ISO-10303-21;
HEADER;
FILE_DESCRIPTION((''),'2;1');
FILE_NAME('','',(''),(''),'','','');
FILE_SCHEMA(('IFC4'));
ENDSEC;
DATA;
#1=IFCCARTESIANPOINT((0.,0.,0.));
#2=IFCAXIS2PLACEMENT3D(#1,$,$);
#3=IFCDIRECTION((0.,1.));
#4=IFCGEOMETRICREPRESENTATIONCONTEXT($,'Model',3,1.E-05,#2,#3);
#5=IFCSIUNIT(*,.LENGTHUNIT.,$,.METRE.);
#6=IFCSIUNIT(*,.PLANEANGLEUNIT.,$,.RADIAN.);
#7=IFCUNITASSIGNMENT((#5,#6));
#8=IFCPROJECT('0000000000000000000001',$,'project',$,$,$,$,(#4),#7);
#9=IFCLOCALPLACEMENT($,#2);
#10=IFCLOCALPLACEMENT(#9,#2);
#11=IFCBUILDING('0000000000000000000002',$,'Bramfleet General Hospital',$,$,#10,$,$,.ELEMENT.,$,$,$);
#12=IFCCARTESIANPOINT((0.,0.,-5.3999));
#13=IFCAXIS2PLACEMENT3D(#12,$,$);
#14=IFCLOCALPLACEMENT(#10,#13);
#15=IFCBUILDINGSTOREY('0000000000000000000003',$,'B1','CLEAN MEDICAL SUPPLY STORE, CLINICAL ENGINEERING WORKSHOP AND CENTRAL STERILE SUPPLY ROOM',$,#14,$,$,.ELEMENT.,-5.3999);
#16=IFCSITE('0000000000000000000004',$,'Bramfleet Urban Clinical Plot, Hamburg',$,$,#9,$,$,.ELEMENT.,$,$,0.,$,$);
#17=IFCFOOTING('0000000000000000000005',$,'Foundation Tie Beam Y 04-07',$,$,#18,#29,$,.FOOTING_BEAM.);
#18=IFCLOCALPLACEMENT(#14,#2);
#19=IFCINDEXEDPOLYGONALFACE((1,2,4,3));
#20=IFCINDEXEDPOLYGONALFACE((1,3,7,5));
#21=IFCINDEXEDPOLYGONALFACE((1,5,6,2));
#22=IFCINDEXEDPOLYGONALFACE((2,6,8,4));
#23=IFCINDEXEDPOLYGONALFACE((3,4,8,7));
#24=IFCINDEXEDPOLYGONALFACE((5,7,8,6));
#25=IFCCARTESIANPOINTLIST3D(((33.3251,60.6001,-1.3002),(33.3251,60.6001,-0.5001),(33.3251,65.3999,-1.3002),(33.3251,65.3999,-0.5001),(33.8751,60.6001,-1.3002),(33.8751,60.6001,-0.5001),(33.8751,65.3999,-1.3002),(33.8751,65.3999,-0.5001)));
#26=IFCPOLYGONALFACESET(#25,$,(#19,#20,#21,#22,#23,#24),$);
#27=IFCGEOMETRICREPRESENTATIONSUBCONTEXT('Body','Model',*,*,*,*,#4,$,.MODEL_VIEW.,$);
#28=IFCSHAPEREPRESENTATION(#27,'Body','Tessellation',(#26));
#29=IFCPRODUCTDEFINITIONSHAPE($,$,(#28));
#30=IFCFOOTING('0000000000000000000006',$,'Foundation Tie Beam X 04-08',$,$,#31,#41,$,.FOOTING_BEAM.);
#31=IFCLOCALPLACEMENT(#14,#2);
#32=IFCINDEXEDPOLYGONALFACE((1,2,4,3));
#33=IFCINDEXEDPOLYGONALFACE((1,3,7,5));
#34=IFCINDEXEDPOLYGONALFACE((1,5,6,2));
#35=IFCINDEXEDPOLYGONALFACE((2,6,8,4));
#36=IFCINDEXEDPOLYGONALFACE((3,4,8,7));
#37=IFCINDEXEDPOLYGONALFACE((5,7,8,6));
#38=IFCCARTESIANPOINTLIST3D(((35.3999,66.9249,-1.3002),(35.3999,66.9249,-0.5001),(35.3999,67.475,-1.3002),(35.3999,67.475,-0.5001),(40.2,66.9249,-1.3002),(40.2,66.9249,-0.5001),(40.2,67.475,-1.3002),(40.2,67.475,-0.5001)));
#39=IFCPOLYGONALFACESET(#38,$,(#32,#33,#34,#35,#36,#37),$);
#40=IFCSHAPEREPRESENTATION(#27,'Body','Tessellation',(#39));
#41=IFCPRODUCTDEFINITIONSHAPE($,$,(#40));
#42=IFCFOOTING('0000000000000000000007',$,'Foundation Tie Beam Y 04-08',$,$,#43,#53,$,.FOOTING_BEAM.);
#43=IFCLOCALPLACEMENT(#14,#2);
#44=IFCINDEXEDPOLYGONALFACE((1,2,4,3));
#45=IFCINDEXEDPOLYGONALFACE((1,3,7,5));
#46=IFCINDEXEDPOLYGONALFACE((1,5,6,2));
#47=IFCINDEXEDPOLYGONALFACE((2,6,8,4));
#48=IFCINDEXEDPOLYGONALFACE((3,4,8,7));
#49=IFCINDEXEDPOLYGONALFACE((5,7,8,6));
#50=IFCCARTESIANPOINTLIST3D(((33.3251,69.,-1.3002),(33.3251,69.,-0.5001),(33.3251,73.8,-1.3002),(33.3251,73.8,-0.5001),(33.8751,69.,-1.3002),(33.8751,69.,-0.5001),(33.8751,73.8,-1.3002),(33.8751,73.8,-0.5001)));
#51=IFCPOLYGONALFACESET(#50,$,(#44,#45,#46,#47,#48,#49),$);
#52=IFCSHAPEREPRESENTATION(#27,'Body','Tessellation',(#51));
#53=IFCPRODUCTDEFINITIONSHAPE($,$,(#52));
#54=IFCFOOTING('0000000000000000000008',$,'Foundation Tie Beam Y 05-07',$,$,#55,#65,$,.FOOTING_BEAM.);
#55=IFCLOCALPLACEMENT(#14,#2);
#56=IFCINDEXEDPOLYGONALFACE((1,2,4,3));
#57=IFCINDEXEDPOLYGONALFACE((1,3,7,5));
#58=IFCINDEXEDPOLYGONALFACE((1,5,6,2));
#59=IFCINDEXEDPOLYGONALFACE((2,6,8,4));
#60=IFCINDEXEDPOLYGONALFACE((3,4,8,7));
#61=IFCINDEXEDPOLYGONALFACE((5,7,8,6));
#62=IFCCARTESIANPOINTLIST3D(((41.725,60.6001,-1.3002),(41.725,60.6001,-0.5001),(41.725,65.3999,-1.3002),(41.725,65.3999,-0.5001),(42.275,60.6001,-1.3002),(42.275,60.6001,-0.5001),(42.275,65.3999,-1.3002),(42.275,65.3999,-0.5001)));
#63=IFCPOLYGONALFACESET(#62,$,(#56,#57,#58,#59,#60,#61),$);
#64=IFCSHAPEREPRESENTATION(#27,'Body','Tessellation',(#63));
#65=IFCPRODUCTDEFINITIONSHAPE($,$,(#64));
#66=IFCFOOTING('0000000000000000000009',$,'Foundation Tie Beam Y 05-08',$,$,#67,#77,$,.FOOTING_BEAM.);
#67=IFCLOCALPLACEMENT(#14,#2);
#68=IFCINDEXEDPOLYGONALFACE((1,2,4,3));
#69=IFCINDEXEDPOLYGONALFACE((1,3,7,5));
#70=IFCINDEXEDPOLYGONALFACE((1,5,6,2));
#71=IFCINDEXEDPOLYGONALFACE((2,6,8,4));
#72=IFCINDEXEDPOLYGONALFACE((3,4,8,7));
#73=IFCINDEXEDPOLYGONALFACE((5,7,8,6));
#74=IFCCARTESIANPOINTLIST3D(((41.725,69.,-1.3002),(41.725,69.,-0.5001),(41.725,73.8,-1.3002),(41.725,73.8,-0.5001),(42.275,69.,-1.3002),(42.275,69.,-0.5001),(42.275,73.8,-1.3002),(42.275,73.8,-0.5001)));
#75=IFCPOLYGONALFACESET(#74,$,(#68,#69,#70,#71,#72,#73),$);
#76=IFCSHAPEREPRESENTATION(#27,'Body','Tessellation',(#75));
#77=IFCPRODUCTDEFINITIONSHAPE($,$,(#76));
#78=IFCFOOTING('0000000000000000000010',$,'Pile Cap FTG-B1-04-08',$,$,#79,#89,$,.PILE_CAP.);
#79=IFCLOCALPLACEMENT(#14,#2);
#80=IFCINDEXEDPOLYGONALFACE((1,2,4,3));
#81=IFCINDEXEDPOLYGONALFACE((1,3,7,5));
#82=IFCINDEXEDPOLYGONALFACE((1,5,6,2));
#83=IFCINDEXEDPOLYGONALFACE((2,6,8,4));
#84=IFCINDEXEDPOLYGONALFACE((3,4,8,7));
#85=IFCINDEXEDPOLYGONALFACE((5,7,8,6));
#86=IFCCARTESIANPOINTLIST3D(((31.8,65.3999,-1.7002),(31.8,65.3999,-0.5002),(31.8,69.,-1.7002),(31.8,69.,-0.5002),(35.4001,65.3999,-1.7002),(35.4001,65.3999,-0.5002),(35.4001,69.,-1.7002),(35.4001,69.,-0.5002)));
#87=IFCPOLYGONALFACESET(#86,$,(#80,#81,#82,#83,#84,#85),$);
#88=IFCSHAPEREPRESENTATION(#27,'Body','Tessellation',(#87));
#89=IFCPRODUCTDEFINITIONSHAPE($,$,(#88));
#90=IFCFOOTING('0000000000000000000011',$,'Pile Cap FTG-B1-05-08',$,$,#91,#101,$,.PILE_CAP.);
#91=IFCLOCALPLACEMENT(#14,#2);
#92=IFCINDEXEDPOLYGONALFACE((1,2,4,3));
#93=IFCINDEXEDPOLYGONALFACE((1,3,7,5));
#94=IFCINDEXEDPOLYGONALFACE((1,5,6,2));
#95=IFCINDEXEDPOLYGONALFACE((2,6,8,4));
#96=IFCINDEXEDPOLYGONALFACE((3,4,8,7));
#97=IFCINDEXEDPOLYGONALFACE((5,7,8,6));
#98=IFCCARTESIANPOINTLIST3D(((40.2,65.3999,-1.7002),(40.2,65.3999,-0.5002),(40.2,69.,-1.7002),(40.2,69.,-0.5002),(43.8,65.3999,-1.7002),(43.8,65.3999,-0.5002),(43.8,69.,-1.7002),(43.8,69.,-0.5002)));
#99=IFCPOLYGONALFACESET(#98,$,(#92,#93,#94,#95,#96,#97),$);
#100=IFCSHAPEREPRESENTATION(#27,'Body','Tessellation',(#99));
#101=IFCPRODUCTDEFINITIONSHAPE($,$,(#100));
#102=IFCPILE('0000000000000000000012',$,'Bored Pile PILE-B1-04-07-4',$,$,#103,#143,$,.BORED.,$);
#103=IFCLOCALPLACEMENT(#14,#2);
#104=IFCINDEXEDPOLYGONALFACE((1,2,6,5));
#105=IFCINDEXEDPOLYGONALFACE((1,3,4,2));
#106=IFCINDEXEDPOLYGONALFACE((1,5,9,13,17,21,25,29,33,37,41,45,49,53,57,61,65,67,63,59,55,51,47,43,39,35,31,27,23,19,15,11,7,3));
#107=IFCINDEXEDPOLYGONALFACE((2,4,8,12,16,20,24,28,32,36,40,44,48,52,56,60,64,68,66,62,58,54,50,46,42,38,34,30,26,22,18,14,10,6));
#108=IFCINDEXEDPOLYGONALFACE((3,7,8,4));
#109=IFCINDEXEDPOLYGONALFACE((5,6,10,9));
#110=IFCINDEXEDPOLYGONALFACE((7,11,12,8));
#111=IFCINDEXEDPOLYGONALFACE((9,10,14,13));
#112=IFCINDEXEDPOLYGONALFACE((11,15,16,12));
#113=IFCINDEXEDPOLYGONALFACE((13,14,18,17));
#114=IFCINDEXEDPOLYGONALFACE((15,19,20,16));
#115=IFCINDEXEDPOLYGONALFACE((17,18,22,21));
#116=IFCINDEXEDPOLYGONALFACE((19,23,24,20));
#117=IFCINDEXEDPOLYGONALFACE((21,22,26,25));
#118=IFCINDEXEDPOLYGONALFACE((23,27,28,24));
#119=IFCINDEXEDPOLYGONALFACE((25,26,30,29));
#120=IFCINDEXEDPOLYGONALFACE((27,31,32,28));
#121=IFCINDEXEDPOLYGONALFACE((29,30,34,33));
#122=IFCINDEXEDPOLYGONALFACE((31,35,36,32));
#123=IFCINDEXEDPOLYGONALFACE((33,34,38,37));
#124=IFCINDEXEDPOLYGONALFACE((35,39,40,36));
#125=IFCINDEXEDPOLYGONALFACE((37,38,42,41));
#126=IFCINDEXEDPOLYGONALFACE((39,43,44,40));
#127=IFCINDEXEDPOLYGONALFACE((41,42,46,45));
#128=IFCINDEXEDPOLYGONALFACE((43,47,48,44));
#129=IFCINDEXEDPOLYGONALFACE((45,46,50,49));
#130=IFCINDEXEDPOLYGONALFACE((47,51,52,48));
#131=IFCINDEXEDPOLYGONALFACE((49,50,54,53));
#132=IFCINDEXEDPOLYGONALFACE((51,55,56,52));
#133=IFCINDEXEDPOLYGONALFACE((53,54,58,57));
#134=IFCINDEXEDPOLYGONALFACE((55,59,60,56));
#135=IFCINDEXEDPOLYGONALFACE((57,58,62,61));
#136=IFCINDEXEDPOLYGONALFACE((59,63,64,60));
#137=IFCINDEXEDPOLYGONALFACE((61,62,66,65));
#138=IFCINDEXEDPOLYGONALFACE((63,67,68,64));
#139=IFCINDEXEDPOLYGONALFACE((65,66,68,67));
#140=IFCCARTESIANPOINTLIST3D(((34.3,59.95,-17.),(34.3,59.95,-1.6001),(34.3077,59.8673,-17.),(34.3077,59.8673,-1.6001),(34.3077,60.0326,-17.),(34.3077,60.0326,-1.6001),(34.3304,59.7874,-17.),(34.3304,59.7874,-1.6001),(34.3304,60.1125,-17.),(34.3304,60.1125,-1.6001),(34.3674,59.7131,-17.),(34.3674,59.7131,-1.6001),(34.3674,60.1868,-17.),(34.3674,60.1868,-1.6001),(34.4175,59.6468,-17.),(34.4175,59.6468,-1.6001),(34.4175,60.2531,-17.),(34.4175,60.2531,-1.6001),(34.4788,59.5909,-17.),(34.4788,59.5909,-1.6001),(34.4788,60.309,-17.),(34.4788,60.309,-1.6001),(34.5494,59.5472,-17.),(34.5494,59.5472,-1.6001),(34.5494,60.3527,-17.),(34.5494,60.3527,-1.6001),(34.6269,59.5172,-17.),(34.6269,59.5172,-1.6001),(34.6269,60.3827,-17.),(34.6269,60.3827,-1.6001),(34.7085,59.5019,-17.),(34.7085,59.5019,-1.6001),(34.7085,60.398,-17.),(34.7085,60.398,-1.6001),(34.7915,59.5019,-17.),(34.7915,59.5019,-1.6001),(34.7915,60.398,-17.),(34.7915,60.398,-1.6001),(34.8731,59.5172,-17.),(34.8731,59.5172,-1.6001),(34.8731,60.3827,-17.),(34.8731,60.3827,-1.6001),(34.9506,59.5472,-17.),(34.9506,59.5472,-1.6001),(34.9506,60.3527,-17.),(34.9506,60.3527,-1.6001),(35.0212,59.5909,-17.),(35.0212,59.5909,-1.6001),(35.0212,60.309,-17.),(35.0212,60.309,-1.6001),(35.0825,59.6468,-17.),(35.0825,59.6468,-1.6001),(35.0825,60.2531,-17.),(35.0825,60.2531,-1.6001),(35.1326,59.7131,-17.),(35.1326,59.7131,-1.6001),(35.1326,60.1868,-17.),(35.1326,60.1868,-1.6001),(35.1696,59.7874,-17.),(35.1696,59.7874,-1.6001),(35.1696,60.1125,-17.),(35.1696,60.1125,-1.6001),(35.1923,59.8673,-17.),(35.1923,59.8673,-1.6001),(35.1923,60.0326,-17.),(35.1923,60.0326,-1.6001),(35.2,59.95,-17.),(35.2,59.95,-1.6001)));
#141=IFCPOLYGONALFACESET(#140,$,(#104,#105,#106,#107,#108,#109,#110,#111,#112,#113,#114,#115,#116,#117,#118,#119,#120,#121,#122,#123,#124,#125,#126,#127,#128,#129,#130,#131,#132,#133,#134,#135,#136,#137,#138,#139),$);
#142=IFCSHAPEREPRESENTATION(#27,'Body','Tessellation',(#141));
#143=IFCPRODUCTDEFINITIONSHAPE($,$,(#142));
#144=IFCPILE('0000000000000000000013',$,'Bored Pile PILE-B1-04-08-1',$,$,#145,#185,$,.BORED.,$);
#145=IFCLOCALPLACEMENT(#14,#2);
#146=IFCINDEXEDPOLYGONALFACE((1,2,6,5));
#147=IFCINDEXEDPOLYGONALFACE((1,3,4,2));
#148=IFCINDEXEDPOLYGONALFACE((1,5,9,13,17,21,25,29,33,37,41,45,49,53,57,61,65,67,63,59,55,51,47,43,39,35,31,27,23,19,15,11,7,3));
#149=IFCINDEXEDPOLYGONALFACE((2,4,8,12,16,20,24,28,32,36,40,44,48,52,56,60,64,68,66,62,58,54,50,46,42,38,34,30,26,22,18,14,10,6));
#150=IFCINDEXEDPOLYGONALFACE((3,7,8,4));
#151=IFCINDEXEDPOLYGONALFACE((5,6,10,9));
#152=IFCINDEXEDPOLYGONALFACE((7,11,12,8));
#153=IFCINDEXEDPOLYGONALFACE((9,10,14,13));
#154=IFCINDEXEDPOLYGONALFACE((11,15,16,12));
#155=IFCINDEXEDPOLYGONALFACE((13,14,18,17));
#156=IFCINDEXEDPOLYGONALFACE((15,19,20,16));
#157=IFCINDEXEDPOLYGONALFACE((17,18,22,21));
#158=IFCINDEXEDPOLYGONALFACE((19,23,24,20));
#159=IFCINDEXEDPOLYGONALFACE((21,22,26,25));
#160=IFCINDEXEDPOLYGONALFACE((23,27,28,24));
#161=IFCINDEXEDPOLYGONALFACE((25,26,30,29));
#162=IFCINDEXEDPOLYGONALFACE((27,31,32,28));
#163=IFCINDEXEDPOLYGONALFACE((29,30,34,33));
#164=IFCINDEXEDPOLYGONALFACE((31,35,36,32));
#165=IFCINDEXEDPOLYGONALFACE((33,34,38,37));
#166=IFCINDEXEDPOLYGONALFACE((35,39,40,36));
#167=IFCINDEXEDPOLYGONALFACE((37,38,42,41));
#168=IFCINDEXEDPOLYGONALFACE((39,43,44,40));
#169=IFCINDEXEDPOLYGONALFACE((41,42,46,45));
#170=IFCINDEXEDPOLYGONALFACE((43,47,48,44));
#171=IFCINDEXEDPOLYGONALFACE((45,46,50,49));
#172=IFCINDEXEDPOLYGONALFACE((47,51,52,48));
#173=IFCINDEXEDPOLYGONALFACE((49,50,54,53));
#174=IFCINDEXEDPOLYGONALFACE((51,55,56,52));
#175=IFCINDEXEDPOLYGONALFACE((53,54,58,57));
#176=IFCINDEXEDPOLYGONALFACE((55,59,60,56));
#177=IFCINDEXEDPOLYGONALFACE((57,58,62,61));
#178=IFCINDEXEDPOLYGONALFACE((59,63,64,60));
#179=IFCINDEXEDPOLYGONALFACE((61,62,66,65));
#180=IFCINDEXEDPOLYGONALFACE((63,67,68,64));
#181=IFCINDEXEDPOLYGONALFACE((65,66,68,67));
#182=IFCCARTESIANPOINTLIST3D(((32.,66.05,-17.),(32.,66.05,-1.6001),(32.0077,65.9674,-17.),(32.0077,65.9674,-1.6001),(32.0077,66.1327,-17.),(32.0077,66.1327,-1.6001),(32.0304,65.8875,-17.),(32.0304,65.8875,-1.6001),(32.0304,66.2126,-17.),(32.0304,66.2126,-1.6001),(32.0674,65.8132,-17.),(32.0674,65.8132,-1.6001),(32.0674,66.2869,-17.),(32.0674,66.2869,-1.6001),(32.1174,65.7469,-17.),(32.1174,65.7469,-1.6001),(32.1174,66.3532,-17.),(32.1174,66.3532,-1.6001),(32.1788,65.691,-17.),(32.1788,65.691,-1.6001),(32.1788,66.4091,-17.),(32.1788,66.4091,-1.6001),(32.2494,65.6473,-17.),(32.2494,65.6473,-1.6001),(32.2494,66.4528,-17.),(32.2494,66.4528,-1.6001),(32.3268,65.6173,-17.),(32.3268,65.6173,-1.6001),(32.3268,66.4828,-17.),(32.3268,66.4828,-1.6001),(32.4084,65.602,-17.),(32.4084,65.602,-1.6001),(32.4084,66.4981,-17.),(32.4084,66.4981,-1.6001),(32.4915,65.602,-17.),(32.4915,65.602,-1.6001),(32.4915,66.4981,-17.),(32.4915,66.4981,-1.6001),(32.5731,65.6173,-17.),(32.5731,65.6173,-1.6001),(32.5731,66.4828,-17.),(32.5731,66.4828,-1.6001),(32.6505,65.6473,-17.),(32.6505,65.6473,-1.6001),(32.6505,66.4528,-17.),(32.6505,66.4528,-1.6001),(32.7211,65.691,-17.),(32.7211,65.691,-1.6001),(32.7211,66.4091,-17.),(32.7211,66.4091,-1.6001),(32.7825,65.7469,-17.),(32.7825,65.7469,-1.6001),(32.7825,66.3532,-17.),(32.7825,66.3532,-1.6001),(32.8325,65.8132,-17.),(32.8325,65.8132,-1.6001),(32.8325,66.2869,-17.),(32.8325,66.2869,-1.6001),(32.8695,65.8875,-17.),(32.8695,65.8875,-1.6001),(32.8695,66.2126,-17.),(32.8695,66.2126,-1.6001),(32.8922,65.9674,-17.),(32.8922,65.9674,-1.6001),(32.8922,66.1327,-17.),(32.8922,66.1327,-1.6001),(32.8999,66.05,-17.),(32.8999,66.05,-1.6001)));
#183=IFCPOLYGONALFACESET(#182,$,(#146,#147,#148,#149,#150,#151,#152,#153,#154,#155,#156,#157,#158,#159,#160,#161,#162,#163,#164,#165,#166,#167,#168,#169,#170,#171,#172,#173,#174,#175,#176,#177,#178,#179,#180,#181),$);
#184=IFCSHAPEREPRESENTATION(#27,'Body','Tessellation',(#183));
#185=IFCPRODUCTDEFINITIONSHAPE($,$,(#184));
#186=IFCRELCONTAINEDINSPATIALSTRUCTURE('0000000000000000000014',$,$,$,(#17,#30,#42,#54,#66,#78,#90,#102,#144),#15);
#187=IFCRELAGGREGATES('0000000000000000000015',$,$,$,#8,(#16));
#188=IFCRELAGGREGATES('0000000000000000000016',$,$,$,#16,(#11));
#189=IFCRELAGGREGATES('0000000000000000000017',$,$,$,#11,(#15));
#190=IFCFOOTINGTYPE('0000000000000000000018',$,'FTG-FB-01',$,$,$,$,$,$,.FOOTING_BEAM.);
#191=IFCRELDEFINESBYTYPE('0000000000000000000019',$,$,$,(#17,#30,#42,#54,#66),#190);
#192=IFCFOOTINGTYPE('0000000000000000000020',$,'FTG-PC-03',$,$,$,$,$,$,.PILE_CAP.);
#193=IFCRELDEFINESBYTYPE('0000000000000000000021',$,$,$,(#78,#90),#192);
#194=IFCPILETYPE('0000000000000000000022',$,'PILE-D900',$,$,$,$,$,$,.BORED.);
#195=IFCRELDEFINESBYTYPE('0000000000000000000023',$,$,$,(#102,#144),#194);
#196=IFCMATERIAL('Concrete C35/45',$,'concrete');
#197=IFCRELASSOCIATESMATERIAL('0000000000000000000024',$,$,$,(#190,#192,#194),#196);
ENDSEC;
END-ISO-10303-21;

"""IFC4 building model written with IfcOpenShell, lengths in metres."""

from ifc_helpers import new_model, si_unit, direction, frame, origin, origin_2d, place, context, subcontext, project, spatial, rectangle, circle, extrude, material, material_profile, profile_set, type_object, element, save


model = new_model("IFC4")

# Units and contexts
model_context = context("Model", 3, precision=1e-05, world=origin(), true_north=direction((0.0, 1.0)))
body_context = subcontext(model_context, "Body", "Model", "MODEL_VIEW")
ifc_project = project(units=[si_unit("LENGTHUNIT", "METRE"), si_unit("PLANEANGLEUNIT", "RADIAN")], contexts=[model_context])

# Site, building, storey
site_placement = place(None, origin())
site = spatial("IfcSite", under=ifc_project, at=site_placement, Name="Bramfleet Urban Clinical Plot, Hamburg", CompositionType="ELEMENT", RefElevation=0.0)
building_placement = place(site_placement, origin())
building = spatial("IfcBuilding", under=site, at=building_placement, Name="Bramfleet General Hospital", CompositionType="ELEMENT")
storey_placement = place(building_placement, frame((0.0, 0.0, -5.3999)))
storey = spatial("IfcBuildingStorey", under=building, at=storey_placement, Name="B1", Description="CLEAN MEDICAL SUPPLY STORE, CLINICAL ENGINEERING WORKSHOP AND CENTRAL STERILE SUPPLY ROOM", CompositionType="ELEMENT", Elevation=-5.3999)

# Footings
ifc_material_1 = material(Name="Concrete C35/45", Category="concrete")
ifc_material_profile_1 = material_profile(ifc_material_1, rectangle(XDim=0.55, YDim=0.8, at=origin_2d()), Name="RC FB 800x550")
ifc_profile_set_1 = profile_set([ifc_material_profile_1], Name="Concrete C35/45")
footing_type_1 = type_object("IfcFootingType", Name="FTG-FB-01", PredefinedType="FOOTING_BEAM", material=ifc_profile_set_1)
footing_1_placement = place(storey_placement, frame((33.6001, 60.6001, -0.9001), z_axis=(0.0, 1.0, 0.0), x_axis=(-1.0, 0.0, 0.0)))
element("IfcFooting", 1, at=footing_1_placement, inside=storey, type_object=footing_type_1, Name="Foundation Tie Beam Y 04-07", PredefinedType="FOOTING_BEAM", context=body_context, shape_type="SweptSolid", body=[
    extrude(rectangle(XDim=0.55, YDim=0.8, at=origin_2d()), origin(), (0.0, 0.0, 1.0), 4.7998),
])
for number, where, z_axis, x_axis, name in (
    (2, (35.3999, 67.2, -0.9001), (1.0, 0.0, 0.0), (0.0, 1.0, 0.0), "Foundation Tie Beam X 04-08"),
    (3, (33.6001, 69.0, -0.9001), (0.0, 1.0, 0.0), (-1.0, 0.0, 0.0), "Foundation Tie Beam Y 04-08"),
):
    element("IfcFooting", number, at=place(storey_placement, frame(where, z_axis=z_axis, x_axis=x_axis)), inside=storey, type_object=footing_type_1, Name=name, PredefinedType="FOOTING_BEAM", context=body_context, shape_type="SweptSolid", body=[
        extrude(rectangle(XDim=0.55, YDim=0.8, at=origin_2d()), origin(), (0.0, 0.0, 1.0), 4.8),
    ])
footing_2_placement = place(storey_placement, frame((42.0, 60.6001, -0.9001), z_axis=(0.0, 1.0, 0.0), x_axis=(-1.0, 0.0, 0.0)))
element("IfcFooting", 4, at=footing_2_placement, inside=storey, type_object=footing_type_1, Name="Foundation Tie Beam Y 05-07", PredefinedType="FOOTING_BEAM", context=body_context, shape_type="SweptSolid", body=[
    extrude(rectangle(XDim=0.55, YDim=0.8, at=origin_2d()), origin(), (0.0, 0.0, 1.0), 4.7998),
])
footing_3_placement = place(storey_placement, frame((42.0, 69.0, -0.9001), z_axis=(0.0, 1.0, 0.0), x_axis=(-1.0, 0.0, 0.0)))
element("IfcFooting", 5, at=footing_3_placement, inside=storey, type_object=footing_type_1, Name="Foundation Tie Beam Y 05-08", PredefinedType="FOOTING_BEAM", context=body_context, shape_type="SweptSolid", body=[
    extrude(rectangle(XDim=0.55, YDim=0.8, at=origin_2d()), origin(), (0.0, 0.0, 1.0), 4.8),
])
footing_type_2 = type_object("IfcFootingType", Name="FTG-PC-03", PredefinedType="PILE_CAP", material=ifc_material_1)
for number, where, z_axis, x_axis, name in (
    (6, (33.6001, 67.2, -1.7002), (0.0, 0.0, 1.0), (1.0, 0.0, 0.0), "Pile Cap FTG-B1-04-08"),
    (7, (42.0, 67.2, -1.7002), (0.0, 0.0, 1.0), (1.0, 0.0, 0.0), "Pile Cap FTG-B1-05-08"),
):
    element("IfcFooting", number, at=place(storey_placement, frame(where, z_axis=z_axis, x_axis=x_axis)), inside=storey, type_object=footing_type_2, Name=name, PredefinedType="PILE_CAP", context=body_context, shape_type="SweptSolid", body=[
        extrude(rectangle(XDim=3.6001, YDim=3.6001, at=origin_2d()), origin(), (0.0, 0.0, 1.0), 1.2),
    ])

# Piles
ifc_material_profile_2 = material_profile(ifc_material_1, circle(Radius=0.45, at=origin_2d()), Name="PILE BORED D900")
ifc_profile_set_2 = profile_set([ifc_material_profile_2], Name="Concrete C35/45")
pile_type = type_object("IfcPileType", Name="PILE-D900", PredefinedType="BORED", material=ifc_profile_set_2)
for number, where, z_axis, x_axis, name in (
    (8, (34.75, 59.95, -1.6001), (0.0, 0.0, -1.0), (1.0, 0.0, 0.0), "Bored Pile PILE-B1-04-07-4"),
    (9, (32.45, 66.05, -1.6001), (0.0, 0.0, -1.0), (1.0, 0.0, 0.0), "Bored Pile PILE-B1-04-08-1"),
):
    element("IfcPile", number, at=place(storey_placement, frame(where, z_axis=z_axis, x_axis=x_axis)), inside=storey, type_object=pile_type, Name=name, PredefinedType="BORED", context=body_context, shape_type="SweptSolid", body=[
        extrude(circle(Radius=0.45, at=origin_2d()), origin(), (0.0, 0.0, 1.0), 15.3999),
    ])

save(model, "model.ifc")
